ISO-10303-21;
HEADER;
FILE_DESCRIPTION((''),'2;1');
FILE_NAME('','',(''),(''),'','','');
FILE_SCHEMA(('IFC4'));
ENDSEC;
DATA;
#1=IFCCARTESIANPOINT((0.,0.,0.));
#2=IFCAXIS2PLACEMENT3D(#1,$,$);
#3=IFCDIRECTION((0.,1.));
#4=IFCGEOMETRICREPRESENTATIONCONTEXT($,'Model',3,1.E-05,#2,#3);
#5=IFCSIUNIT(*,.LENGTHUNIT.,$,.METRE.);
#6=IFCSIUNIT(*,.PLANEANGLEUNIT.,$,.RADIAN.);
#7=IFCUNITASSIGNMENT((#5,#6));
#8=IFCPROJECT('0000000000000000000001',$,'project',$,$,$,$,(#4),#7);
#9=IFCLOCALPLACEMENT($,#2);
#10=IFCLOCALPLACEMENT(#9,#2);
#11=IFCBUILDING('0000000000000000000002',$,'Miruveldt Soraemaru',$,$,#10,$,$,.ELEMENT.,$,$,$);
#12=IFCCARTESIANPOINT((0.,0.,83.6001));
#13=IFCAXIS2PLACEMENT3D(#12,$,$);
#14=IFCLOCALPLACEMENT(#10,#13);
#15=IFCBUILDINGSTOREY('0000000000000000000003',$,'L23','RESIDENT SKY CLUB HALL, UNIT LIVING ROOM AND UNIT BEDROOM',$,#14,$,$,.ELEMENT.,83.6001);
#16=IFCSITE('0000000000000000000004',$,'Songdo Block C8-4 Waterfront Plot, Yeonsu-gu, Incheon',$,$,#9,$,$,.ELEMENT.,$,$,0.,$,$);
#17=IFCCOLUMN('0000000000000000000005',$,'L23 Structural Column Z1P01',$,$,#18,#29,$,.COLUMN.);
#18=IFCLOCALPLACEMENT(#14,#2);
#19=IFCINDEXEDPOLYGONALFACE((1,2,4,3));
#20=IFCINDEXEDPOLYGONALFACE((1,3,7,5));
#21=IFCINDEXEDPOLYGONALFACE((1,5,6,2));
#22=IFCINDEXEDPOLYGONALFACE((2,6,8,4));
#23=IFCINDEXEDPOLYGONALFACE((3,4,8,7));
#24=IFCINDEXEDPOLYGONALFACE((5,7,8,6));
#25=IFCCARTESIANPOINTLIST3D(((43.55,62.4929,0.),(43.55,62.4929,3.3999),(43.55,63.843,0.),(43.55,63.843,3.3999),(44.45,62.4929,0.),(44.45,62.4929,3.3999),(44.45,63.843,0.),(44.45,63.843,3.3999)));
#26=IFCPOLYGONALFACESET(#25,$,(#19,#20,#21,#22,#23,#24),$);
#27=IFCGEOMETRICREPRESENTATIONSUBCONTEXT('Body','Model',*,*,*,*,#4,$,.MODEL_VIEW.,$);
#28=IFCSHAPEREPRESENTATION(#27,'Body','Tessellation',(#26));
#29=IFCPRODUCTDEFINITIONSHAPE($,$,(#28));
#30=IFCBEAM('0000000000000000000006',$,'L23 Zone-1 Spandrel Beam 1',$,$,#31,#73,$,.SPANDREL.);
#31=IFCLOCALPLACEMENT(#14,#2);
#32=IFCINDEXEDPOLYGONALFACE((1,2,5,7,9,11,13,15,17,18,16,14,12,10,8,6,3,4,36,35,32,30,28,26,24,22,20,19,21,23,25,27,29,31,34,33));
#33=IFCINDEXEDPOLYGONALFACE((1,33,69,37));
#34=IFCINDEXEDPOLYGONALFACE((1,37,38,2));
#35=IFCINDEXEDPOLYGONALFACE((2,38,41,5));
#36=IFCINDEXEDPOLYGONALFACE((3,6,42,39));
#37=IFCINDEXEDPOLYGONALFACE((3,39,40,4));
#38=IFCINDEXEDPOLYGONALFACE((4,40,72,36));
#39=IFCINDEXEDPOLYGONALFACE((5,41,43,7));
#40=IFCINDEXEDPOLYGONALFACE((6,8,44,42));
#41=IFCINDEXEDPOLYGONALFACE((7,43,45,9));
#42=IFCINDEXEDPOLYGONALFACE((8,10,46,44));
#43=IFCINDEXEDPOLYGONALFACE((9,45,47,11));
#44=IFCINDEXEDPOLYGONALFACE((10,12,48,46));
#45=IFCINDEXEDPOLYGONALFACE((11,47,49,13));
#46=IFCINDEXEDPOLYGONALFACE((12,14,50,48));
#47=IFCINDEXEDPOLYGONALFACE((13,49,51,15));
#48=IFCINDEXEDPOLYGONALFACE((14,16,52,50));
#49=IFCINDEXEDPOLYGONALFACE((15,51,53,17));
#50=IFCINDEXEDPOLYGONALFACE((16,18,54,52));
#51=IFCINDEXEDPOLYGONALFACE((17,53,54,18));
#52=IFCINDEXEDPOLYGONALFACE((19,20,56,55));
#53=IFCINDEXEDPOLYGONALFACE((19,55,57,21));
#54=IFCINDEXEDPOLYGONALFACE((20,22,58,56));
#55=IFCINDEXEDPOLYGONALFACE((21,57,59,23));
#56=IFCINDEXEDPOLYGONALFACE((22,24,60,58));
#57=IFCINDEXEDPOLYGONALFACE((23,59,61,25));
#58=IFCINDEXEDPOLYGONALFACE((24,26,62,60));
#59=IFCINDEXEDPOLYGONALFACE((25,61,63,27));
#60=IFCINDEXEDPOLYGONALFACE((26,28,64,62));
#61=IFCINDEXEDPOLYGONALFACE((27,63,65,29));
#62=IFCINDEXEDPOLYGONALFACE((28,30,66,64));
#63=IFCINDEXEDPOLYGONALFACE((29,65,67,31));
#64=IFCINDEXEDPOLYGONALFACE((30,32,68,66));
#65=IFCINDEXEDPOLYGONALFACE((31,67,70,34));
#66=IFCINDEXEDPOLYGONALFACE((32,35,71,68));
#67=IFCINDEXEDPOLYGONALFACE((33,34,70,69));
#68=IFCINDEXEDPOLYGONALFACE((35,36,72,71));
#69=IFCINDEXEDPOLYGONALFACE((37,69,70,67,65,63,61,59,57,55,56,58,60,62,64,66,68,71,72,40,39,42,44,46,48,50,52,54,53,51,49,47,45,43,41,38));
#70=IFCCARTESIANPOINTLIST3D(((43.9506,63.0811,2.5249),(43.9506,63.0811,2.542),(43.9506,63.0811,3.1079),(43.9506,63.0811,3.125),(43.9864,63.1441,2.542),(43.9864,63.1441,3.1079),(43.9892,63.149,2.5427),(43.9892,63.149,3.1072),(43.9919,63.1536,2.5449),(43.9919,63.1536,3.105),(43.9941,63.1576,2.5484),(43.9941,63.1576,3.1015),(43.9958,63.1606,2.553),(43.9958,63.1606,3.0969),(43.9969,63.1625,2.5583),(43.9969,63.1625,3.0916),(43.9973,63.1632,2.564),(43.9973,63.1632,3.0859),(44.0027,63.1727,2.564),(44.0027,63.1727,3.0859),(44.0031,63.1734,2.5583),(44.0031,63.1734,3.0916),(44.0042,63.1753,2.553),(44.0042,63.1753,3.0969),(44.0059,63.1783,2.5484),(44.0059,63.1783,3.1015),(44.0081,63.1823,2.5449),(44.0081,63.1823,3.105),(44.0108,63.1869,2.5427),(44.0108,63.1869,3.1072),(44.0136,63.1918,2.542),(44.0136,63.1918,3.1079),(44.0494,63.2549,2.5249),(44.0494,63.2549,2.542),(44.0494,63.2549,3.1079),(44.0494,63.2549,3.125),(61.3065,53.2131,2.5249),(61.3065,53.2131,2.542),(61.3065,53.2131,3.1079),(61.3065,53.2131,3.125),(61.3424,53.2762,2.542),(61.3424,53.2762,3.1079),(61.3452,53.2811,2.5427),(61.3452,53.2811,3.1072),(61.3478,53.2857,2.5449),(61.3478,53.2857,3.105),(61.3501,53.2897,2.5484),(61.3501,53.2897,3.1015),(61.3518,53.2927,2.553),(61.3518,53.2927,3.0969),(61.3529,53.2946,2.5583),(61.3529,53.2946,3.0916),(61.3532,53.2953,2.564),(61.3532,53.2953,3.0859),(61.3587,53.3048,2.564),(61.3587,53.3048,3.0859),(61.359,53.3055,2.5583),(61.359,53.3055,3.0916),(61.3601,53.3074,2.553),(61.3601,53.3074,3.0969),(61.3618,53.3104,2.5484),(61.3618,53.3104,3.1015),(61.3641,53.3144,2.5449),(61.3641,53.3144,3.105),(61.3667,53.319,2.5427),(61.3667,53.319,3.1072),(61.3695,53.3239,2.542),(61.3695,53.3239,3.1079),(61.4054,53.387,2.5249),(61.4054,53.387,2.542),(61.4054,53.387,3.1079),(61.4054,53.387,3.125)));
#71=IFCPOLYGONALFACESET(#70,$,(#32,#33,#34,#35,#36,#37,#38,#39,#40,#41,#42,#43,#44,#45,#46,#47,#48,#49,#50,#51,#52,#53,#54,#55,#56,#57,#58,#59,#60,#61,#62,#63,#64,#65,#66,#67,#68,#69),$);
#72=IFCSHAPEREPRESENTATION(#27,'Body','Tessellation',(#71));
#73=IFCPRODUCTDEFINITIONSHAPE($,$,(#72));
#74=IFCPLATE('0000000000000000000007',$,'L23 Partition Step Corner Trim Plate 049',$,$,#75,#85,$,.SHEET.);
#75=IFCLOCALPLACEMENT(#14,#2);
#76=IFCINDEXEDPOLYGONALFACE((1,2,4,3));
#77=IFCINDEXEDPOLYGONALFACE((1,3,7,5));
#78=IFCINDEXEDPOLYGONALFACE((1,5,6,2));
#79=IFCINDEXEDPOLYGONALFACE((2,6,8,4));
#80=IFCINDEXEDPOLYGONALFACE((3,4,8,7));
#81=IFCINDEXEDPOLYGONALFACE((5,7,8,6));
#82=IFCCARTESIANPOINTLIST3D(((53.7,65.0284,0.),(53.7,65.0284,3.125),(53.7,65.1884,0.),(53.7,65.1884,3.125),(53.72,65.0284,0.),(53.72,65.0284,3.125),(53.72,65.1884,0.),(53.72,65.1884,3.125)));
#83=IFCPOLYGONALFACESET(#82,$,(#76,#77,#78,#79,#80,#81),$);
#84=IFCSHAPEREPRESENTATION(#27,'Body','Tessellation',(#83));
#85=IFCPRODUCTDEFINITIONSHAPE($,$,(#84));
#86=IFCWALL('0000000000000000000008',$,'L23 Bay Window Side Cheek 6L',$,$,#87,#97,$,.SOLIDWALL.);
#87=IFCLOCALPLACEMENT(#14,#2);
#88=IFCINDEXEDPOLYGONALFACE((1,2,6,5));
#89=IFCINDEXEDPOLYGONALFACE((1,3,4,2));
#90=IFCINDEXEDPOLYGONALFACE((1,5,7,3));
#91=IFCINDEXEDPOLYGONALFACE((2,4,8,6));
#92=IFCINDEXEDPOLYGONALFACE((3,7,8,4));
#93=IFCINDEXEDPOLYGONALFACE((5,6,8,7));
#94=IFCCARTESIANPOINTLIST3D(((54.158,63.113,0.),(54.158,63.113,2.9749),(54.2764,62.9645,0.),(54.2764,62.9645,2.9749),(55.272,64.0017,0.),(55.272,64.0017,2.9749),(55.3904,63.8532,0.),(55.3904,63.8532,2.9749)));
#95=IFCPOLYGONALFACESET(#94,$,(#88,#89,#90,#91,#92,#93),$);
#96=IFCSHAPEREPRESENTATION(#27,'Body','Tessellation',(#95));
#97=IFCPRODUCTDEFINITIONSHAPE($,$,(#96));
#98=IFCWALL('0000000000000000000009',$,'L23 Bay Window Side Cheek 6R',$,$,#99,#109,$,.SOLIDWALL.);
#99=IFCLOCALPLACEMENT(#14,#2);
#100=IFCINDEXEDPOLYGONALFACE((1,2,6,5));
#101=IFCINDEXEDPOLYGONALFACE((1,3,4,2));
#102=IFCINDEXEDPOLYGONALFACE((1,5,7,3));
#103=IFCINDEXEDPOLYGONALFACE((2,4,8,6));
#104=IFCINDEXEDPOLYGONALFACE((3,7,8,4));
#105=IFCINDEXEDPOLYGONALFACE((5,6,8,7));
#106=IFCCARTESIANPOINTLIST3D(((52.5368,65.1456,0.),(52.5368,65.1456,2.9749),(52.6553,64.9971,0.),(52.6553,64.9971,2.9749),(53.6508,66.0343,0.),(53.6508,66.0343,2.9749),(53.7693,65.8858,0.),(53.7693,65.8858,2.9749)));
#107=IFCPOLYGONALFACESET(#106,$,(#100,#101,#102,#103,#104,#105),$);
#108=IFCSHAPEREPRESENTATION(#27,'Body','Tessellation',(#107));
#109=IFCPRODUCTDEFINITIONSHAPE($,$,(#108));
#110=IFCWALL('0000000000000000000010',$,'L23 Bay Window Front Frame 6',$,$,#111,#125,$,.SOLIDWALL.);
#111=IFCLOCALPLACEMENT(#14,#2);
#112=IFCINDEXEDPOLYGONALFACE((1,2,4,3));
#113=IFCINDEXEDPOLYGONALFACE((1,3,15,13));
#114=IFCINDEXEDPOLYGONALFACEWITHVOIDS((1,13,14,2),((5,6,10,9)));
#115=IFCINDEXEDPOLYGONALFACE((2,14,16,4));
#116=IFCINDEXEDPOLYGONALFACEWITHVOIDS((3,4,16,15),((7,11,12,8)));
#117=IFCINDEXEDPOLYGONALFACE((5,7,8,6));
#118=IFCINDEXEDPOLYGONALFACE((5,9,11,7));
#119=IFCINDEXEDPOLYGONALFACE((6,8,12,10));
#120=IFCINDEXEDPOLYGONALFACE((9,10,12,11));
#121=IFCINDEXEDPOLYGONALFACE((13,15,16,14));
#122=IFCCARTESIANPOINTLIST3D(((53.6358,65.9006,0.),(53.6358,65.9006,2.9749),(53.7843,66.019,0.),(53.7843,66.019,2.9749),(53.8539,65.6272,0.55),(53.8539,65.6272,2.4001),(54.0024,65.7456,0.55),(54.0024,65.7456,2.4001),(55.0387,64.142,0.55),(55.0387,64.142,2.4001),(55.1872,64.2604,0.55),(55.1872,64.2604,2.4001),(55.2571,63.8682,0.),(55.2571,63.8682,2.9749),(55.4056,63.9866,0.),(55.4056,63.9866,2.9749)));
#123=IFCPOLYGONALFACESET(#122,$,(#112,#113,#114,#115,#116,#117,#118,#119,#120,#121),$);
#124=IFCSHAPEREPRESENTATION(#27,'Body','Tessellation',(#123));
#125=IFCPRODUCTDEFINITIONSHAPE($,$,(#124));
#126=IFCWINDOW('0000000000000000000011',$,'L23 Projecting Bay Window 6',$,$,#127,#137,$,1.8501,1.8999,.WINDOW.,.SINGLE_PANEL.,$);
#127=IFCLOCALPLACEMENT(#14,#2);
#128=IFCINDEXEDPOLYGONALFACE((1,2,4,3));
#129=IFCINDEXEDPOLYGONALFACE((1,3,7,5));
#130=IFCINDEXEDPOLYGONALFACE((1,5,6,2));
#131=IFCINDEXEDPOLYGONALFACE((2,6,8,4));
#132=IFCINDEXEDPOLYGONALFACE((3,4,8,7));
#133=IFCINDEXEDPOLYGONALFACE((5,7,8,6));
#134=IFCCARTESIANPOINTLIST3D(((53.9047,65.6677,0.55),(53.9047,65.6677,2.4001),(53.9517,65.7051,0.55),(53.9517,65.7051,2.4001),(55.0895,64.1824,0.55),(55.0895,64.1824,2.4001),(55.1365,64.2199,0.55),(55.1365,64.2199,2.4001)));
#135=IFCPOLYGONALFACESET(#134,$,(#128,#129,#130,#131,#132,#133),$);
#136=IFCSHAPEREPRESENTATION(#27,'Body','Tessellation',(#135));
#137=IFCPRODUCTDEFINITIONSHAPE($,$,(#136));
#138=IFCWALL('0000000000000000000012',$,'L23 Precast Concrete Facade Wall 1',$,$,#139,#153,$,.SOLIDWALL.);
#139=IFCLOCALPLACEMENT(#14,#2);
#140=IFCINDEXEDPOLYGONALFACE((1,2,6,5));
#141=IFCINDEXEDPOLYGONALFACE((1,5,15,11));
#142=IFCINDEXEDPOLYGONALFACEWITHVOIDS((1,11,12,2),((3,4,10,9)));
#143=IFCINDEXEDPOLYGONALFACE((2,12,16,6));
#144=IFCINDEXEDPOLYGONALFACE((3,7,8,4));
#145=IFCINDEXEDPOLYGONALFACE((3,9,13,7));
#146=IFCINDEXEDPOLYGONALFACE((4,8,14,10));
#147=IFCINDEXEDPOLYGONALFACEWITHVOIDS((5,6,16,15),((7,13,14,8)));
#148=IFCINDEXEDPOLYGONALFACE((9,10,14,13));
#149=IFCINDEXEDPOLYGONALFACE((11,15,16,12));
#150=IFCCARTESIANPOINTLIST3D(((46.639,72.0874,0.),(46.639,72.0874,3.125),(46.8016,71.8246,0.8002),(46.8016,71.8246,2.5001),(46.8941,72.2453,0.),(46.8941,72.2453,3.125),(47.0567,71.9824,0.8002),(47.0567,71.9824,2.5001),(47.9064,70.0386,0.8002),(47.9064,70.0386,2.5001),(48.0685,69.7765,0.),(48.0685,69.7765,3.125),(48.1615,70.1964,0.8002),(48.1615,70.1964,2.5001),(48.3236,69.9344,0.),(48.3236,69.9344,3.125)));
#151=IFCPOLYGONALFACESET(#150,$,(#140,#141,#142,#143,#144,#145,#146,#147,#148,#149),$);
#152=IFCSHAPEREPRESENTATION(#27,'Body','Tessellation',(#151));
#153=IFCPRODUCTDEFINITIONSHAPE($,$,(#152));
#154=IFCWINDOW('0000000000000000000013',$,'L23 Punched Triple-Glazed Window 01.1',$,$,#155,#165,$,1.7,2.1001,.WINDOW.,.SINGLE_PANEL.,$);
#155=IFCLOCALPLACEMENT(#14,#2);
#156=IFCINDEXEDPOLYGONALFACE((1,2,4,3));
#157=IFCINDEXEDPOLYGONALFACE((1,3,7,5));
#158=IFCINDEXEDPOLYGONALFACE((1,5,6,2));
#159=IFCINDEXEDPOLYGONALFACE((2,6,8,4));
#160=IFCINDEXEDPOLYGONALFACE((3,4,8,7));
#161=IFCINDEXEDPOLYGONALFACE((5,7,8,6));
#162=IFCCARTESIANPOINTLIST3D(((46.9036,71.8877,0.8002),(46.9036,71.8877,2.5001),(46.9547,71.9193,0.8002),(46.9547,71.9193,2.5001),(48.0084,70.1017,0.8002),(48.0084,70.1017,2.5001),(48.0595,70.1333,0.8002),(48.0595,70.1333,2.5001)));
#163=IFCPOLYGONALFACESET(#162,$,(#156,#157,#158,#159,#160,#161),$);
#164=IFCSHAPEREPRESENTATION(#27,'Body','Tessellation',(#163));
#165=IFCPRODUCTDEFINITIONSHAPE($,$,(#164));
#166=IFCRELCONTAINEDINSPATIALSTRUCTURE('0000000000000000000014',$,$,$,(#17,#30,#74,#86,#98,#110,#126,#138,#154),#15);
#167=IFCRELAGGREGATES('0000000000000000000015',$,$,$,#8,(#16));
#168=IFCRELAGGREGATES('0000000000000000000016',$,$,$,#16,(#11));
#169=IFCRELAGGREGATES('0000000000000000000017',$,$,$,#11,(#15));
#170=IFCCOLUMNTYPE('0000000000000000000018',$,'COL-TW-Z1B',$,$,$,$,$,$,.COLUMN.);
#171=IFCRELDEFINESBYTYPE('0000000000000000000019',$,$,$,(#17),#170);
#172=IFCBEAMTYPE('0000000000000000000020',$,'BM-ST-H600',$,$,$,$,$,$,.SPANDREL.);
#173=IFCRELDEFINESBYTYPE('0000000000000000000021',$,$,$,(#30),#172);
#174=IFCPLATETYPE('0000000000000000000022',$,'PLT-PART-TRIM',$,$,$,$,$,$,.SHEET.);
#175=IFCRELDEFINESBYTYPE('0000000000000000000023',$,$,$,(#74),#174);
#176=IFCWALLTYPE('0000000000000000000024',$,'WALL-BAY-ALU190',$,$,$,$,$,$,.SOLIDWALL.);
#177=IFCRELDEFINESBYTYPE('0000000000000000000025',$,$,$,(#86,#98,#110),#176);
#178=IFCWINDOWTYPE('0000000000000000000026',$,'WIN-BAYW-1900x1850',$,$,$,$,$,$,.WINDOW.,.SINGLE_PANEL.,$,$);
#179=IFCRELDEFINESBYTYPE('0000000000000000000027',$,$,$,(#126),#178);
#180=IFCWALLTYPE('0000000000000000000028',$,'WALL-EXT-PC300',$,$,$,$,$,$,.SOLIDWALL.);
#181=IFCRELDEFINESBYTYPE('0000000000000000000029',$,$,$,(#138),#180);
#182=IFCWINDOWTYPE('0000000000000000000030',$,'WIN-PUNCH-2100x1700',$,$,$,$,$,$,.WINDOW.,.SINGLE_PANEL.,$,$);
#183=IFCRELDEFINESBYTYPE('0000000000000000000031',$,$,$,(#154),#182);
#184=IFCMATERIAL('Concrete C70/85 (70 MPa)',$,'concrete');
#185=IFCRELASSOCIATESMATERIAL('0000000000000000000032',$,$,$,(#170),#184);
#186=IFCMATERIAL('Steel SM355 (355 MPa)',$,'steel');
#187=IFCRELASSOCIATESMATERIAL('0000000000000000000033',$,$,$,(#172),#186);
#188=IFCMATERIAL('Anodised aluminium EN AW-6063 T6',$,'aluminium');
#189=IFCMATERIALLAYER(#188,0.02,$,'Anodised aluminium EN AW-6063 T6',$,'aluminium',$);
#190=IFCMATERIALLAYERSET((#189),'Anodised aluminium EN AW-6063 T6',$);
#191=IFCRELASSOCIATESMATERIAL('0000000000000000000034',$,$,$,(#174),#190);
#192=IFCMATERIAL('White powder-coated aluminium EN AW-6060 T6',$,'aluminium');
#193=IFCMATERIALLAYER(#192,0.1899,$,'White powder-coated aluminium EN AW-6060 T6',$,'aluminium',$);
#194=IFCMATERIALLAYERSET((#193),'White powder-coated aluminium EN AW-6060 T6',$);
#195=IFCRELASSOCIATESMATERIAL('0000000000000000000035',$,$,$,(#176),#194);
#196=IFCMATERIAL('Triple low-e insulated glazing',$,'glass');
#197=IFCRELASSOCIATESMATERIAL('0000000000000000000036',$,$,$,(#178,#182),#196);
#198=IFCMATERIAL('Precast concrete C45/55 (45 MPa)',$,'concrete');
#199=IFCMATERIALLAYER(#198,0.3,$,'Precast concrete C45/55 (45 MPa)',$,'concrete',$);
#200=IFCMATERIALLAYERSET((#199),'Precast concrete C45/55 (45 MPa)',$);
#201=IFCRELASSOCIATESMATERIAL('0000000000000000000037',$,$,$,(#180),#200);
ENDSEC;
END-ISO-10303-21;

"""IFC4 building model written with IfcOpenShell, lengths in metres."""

from ifc_helpers import new_model, si_unit, direction, frame, frame_2d, origin, origin_2d, place, context, subcontext, project, spatial, rectangle, i_section, extrude, material, layer, layer_set, material_profile, profile_set, type_object, element, fill, save


model = new_model("IFC4")

# Units and contexts
model_context = context("Model", 3, precision=1e-05, world=origin(), true_north=direction((0.0, 1.0)))
body_context = subcontext(model_context, "Body", "Model", "MODEL_VIEW")
ifc_project = project(units=[si_unit("LENGTHUNIT", "METRE"), si_unit("PLANEANGLEUNIT", "RADIAN")], contexts=[model_context])

# Site, building, storey
site_placement = place(None, origin())
site = spatial("IfcSite", under=ifc_project, at=site_placement, Name="Songdo Block C8-4 Waterfront Plot, Yeonsu-gu, Incheon", CompositionType="ELEMENT", RefElevation=0.0)
building_placement = place(site_placement, origin())
building = spatial("IfcBuilding", under=site, at=building_placement, Name="Miruveldt Soraemaru", CompositionType="ELEMENT")
storey_placement = place(building_placement, frame((0.0, 0.0, 83.6001)))
storey = spatial("IfcBuildingStorey", under=building, at=storey_placement, Name="L23", Description="RESIDENT SKY CLUB HALL, UNIT LIVING ROOM AND UNIT BEDROOM", CompositionType="ELEMENT", Elevation=83.6001)

# Column
ifc_material_1 = material(Name="Concrete C70/85 (70 MPa)", Category="concrete")
ifc_material_profile_1 = material_profile(ifc_material_1, rectangle(XDim=1.3501, YDim=0.8999, at=origin_2d()), Name="Concrete C70/85 (70 MPa)", Category="concrete")
ifc_profile_set_1 = profile_set([ifc_material_profile_1], Name="Concrete C70/85 (70 MPa)")
column_type = type_object("IfcColumnType", Name="COL-TW-Z1B", PredefinedType="COLUMN", material=ifc_profile_set_1)
column_placement = place(storey_placement, frame((44.0, 63.168, 0.0), z_axis=(0.0, 0.0, 1.0), x_axis=(0.0, 1.0, 0.0)))
element("IfcColumn", 1, at=column_placement, inside=storey, type_object=column_type, Name="L23 Structural Column Z1P01", PredefinedType="COLUMN", context=body_context, shape_type="SweptSolid", body=[
    extrude(rectangle(XDim=1.3501, YDim=0.8999, at=origin_2d()), origin(), (0.0, 0.0, 1.0), 3.3999),
])

# Beam
ifc_material_2 = material(Name="Steel SM355 (355 MPa)", Category="steel")
ifc_material_profile_2 = material_profile(ifc_material_2, i_section(OverallWidth=0.2, OverallDepth=0.6001, WebThickness=0.011, FlangeThickness=0.0171, FilletRadius=0.022, at=origin_2d()), Name="Steel SM355 (355 MPa)", Category="steel")
ifc_profile_set_2 = profile_set([ifc_material_profile_2], Name="Steel SM355 (355 MPa)")
beam_type = type_object("IfcBeamType", Name="BM-ST-H600", PredefinedType="SPANDREL", material=ifc_profile_set_2)
beam_placement = place(storey_placement, frame((44.0, 63.168, 2.825), z_axis=(0.869315, -0.494259, 0.0), x_axis=(0.494259, 0.869315, 0.0)))
element("IfcBeam", 2, at=beam_placement, inside=storey, type_object=beam_type, Name="L23 Zone-1 Spandrel Beam 1", PredefinedType="SPANDREL", context=body_context, shape_type="SweptSolid", body=[
    extrude(i_section(OverallWidth=0.2, OverallDepth=0.6001, WebThickness=0.011, FlangeThickness=0.0171, FilletRadius=0.022, at=origin_2d()), origin(), (0.0, 0.0, 1.0), 19.9651),
])

# Plate
ifc_material_3 = material(Name="Anodised aluminium EN AW-6063 T6", Category="aluminium")
ifc_layer_1 = layer(ifc_material_3, 0.02, Name="Anodised aluminium EN AW-6063 T6", Category="aluminium")
ifc_layer_set_1 = layer_set([ifc_layer_1], Name="Anodised aluminium EN AW-6063 T6")
plate_type = type_object("IfcPlateType", Name="PLT-PART-TRIM", PredefinedType="SHEET", material=ifc_layer_set_1)
plate_placement = place(storey_placement, frame((53.71, 65.1084, 0.0), z_axis=(0.0, 0.0, 1.0), x_axis=(0.0, 1.0, 0.0)))
element("IfcPlate", 3, at=plate_placement, inside=storey, type_object=plate_type, Name="L23 Partition Step Corner Trim Plate 049", PredefinedType="SHEET", context=body_context, shape_type="SweptSolid", body=[
    extrude(rectangle(XDim=0.1599, YDim=0.02, at=origin_2d()), origin(), (0.0, 0.0, 1.0), 3.125),
])

# Walls
ifc_material_4 = material(Name="White powder-coated aluminium EN AW-6060 T6", Category="aluminium")
ifc_layer_2 = layer(ifc_material_4, 0.1899, Name="White powder-coated aluminium EN AW-6060 T6", Category="aluminium")
ifc_layer_set_2 = layer_set([ifc_layer_2], Name="White powder-coated aluminium EN AW-6060 T6")
wall_type_1 = type_object("IfcWallType", Name="WALL-BAY-ALU190", PredefinedType="SOLIDWALL", material=ifc_layer_set_2)
for number, where, z_axis, x_axis, name in (
    (4, (54.2173, 63.0388, 0.0), (0.0, 0.0, 1.0), (0.781737, 0.623608, 0.0), "L23 Bay Window Side Cheek 6L"),
    (5, (53.71, 65.96, 0.0), (0.0, 0.0, 1.0), (-0.781737, -0.623608, 0.0), "L23 Bay Window Side Cheek 6R"),
):
    element("IfcWall", number, at=place(storey_placement, frame(where, z_axis=z_axis, x_axis=x_axis)), inside=storey, type_object=wall_type_1, Name=name, PredefinedType="SOLIDWALL", context=body_context, shape_type="SweptSolid", body=[
        extrude(rectangle(XDim=1.425, YDim=0.1899, at=frame_2d((0.7124, 0.0))), origin(), (0.0, 0.0, 1.0), 2.9749),
    ])

# Walls, openings, windows
wall_1_placement = place(storey_placement, frame((55.3313, 63.9275, 0.0), z_axis=(0.0, 0.0, 1.0), x_axis=(-0.623607, 0.781738, 0.0)))
wall_1 = element("IfcWall", 6, at=wall_1_placement, inside=storey, type_object=wall_type_1, Name="L23 Bay Window Front Frame 6", PredefinedType="SOLIDWALL", context=body_context, shape_type="SweptSolid", body=[
    extrude(rectangle(XDim=2.5999, YDim=0.1899, at=frame_2d((1.2998, 0.0))), origin(), (0.0, 0.0, 1.0), 2.9749),
])
opening_1_placement = place(wall_1_placement, frame((0.3501, 0.0, 0.55)))
opening_1 = element("IfcOpeningElement", 7, at=opening_1_placement, cuts=wall_1, PredefinedType="OPENING", context=body_context, shape_type="SweptSolid", body=[
    extrude(rectangle(XDim=1.8999, YDim=1.8501, at=frame_2d((0.95, 0.925))), frame((0.0, 0.105, 0.0), z_axis=(0.0, -1.0, 0.0), x_axis=(1.0, 0.0, 0.0)), (0.0, 0.0, 1.0), 0.21),
])
ifc_material_5 = material(Name="Triple low-e insulated glazing", Category="glass")
window_type_1 = type_object("IfcWindowType", Name="WIN-BAYW-1900x1850", PartitioningType="SINGLE_PANEL", PredefinedType="WINDOW", material=ifc_material_5)
window_1_placement = place(opening_1_placement, origin())
window_1 = element("IfcWindow", 8, at=window_1_placement, inside=storey, type_object=window_type_1, Name="L23 Projecting Bay Window 6", OverallHeight=1.8501, OverallWidth=1.8999, PartitioningType="SINGLE_PANEL", PredefinedType="WINDOW", context=body_context, shape_type="SweptSolid", body=[
    extrude(rectangle(XDim=1.8999, YDim=1.8501, at=frame_2d((0.95, 0.925))), frame((0.0, 0.03, 0.0), z_axis=(0.0, -1.0, 0.0), x_axis=(1.0, 0.0, 0.0)), (0.0, 0.0, 1.0), 0.0601),
])
fill(opening_1, window_1)
ifc_material_6 = material(Name="Precast concrete C45/55 (45 MPa)", Category="concrete")
ifc_layer_3 = layer(ifc_material_6, 0.3, Name="Precast concrete C45/55 (45 MPa)", Category="concrete")
ifc_layer_set_3 = layer_set([ifc_layer_3], Name="Precast concrete C45/55 (45 MPa)")
wall_type_2 = type_object("IfcWallType", Name="WALL-EXT-PC300", PredefinedType="SOLIDWALL", material=ifc_layer_set_3)
wall_2_placement = place(storey_placement, frame((48.196, 69.8555, 0.0), z_axis=(0.0, 0.0, 1.0), x_axis=(-0.526076, 0.850437, 0.0)))
wall_2 = element("IfcWall", 9, at=wall_2_placement, inside=storey, type_object=wall_type_2, Name="L23 Precast Concrete Facade Wall 1", PredefinedType="SOLIDWALL", context=body_context, shape_type="SweptSolid", body=[
    extrude(rectangle(XDim=2.7173, YDim=0.3, at=frame_2d((1.3586, 0.0))), origin(), (0.0, 0.0, 1.0), 3.125),
])
opening_2_placement = place(wall_2_placement, frame((0.3081, 0.0, 0.8)))
opening_2 = element("IfcOpeningElement", 10, at=opening_2_placement, cuts=wall_2, PredefinedType="OPENING", context=body_context, shape_type="SweptSolid", body=[
    extrude(rectangle(XDim=2.1001, YDim=1.7, at=frame_2d((1.05, 0.8501))), frame((0.0, 0.1602, 0.0), z_axis=(0.0, -1.0, 0.0), x_axis=(1.0, 0.0, 0.0)), (0.0, 0.0, 1.0), 0.3201),
])
window_type_2 = type_object("IfcWindowType", Name="WIN-PUNCH-2100x1700", PartitioningType="SINGLE_PANEL", PredefinedType="WINDOW", material=ifc_material_5)
window_2_placement = place(opening_2_placement, origin())
window_2 = element("IfcWindow", 11, at=window_2_placement, inside=storey, type_object=window_type_2, Name="L23 Punched Triple-Glazed Window 01.1", OverallHeight=1.7, OverallWidth=2.1001, PartitioningType="SINGLE_PANEL", PredefinedType="WINDOW", context=body_context, shape_type="SweptSolid", body=[
    extrude(rectangle(XDim=2.1001, YDim=1.7, at=frame_2d((1.05, 0.8501))), frame((0.0, 0.03, 0.0), z_axis=(0.0, -1.0, 0.0), x_axis=(1.0, 0.0, 0.0)), (0.0, 0.0, 1.0), 0.0601),
])
fill(opening_2, window_2)

save(model, "model.ifc")
